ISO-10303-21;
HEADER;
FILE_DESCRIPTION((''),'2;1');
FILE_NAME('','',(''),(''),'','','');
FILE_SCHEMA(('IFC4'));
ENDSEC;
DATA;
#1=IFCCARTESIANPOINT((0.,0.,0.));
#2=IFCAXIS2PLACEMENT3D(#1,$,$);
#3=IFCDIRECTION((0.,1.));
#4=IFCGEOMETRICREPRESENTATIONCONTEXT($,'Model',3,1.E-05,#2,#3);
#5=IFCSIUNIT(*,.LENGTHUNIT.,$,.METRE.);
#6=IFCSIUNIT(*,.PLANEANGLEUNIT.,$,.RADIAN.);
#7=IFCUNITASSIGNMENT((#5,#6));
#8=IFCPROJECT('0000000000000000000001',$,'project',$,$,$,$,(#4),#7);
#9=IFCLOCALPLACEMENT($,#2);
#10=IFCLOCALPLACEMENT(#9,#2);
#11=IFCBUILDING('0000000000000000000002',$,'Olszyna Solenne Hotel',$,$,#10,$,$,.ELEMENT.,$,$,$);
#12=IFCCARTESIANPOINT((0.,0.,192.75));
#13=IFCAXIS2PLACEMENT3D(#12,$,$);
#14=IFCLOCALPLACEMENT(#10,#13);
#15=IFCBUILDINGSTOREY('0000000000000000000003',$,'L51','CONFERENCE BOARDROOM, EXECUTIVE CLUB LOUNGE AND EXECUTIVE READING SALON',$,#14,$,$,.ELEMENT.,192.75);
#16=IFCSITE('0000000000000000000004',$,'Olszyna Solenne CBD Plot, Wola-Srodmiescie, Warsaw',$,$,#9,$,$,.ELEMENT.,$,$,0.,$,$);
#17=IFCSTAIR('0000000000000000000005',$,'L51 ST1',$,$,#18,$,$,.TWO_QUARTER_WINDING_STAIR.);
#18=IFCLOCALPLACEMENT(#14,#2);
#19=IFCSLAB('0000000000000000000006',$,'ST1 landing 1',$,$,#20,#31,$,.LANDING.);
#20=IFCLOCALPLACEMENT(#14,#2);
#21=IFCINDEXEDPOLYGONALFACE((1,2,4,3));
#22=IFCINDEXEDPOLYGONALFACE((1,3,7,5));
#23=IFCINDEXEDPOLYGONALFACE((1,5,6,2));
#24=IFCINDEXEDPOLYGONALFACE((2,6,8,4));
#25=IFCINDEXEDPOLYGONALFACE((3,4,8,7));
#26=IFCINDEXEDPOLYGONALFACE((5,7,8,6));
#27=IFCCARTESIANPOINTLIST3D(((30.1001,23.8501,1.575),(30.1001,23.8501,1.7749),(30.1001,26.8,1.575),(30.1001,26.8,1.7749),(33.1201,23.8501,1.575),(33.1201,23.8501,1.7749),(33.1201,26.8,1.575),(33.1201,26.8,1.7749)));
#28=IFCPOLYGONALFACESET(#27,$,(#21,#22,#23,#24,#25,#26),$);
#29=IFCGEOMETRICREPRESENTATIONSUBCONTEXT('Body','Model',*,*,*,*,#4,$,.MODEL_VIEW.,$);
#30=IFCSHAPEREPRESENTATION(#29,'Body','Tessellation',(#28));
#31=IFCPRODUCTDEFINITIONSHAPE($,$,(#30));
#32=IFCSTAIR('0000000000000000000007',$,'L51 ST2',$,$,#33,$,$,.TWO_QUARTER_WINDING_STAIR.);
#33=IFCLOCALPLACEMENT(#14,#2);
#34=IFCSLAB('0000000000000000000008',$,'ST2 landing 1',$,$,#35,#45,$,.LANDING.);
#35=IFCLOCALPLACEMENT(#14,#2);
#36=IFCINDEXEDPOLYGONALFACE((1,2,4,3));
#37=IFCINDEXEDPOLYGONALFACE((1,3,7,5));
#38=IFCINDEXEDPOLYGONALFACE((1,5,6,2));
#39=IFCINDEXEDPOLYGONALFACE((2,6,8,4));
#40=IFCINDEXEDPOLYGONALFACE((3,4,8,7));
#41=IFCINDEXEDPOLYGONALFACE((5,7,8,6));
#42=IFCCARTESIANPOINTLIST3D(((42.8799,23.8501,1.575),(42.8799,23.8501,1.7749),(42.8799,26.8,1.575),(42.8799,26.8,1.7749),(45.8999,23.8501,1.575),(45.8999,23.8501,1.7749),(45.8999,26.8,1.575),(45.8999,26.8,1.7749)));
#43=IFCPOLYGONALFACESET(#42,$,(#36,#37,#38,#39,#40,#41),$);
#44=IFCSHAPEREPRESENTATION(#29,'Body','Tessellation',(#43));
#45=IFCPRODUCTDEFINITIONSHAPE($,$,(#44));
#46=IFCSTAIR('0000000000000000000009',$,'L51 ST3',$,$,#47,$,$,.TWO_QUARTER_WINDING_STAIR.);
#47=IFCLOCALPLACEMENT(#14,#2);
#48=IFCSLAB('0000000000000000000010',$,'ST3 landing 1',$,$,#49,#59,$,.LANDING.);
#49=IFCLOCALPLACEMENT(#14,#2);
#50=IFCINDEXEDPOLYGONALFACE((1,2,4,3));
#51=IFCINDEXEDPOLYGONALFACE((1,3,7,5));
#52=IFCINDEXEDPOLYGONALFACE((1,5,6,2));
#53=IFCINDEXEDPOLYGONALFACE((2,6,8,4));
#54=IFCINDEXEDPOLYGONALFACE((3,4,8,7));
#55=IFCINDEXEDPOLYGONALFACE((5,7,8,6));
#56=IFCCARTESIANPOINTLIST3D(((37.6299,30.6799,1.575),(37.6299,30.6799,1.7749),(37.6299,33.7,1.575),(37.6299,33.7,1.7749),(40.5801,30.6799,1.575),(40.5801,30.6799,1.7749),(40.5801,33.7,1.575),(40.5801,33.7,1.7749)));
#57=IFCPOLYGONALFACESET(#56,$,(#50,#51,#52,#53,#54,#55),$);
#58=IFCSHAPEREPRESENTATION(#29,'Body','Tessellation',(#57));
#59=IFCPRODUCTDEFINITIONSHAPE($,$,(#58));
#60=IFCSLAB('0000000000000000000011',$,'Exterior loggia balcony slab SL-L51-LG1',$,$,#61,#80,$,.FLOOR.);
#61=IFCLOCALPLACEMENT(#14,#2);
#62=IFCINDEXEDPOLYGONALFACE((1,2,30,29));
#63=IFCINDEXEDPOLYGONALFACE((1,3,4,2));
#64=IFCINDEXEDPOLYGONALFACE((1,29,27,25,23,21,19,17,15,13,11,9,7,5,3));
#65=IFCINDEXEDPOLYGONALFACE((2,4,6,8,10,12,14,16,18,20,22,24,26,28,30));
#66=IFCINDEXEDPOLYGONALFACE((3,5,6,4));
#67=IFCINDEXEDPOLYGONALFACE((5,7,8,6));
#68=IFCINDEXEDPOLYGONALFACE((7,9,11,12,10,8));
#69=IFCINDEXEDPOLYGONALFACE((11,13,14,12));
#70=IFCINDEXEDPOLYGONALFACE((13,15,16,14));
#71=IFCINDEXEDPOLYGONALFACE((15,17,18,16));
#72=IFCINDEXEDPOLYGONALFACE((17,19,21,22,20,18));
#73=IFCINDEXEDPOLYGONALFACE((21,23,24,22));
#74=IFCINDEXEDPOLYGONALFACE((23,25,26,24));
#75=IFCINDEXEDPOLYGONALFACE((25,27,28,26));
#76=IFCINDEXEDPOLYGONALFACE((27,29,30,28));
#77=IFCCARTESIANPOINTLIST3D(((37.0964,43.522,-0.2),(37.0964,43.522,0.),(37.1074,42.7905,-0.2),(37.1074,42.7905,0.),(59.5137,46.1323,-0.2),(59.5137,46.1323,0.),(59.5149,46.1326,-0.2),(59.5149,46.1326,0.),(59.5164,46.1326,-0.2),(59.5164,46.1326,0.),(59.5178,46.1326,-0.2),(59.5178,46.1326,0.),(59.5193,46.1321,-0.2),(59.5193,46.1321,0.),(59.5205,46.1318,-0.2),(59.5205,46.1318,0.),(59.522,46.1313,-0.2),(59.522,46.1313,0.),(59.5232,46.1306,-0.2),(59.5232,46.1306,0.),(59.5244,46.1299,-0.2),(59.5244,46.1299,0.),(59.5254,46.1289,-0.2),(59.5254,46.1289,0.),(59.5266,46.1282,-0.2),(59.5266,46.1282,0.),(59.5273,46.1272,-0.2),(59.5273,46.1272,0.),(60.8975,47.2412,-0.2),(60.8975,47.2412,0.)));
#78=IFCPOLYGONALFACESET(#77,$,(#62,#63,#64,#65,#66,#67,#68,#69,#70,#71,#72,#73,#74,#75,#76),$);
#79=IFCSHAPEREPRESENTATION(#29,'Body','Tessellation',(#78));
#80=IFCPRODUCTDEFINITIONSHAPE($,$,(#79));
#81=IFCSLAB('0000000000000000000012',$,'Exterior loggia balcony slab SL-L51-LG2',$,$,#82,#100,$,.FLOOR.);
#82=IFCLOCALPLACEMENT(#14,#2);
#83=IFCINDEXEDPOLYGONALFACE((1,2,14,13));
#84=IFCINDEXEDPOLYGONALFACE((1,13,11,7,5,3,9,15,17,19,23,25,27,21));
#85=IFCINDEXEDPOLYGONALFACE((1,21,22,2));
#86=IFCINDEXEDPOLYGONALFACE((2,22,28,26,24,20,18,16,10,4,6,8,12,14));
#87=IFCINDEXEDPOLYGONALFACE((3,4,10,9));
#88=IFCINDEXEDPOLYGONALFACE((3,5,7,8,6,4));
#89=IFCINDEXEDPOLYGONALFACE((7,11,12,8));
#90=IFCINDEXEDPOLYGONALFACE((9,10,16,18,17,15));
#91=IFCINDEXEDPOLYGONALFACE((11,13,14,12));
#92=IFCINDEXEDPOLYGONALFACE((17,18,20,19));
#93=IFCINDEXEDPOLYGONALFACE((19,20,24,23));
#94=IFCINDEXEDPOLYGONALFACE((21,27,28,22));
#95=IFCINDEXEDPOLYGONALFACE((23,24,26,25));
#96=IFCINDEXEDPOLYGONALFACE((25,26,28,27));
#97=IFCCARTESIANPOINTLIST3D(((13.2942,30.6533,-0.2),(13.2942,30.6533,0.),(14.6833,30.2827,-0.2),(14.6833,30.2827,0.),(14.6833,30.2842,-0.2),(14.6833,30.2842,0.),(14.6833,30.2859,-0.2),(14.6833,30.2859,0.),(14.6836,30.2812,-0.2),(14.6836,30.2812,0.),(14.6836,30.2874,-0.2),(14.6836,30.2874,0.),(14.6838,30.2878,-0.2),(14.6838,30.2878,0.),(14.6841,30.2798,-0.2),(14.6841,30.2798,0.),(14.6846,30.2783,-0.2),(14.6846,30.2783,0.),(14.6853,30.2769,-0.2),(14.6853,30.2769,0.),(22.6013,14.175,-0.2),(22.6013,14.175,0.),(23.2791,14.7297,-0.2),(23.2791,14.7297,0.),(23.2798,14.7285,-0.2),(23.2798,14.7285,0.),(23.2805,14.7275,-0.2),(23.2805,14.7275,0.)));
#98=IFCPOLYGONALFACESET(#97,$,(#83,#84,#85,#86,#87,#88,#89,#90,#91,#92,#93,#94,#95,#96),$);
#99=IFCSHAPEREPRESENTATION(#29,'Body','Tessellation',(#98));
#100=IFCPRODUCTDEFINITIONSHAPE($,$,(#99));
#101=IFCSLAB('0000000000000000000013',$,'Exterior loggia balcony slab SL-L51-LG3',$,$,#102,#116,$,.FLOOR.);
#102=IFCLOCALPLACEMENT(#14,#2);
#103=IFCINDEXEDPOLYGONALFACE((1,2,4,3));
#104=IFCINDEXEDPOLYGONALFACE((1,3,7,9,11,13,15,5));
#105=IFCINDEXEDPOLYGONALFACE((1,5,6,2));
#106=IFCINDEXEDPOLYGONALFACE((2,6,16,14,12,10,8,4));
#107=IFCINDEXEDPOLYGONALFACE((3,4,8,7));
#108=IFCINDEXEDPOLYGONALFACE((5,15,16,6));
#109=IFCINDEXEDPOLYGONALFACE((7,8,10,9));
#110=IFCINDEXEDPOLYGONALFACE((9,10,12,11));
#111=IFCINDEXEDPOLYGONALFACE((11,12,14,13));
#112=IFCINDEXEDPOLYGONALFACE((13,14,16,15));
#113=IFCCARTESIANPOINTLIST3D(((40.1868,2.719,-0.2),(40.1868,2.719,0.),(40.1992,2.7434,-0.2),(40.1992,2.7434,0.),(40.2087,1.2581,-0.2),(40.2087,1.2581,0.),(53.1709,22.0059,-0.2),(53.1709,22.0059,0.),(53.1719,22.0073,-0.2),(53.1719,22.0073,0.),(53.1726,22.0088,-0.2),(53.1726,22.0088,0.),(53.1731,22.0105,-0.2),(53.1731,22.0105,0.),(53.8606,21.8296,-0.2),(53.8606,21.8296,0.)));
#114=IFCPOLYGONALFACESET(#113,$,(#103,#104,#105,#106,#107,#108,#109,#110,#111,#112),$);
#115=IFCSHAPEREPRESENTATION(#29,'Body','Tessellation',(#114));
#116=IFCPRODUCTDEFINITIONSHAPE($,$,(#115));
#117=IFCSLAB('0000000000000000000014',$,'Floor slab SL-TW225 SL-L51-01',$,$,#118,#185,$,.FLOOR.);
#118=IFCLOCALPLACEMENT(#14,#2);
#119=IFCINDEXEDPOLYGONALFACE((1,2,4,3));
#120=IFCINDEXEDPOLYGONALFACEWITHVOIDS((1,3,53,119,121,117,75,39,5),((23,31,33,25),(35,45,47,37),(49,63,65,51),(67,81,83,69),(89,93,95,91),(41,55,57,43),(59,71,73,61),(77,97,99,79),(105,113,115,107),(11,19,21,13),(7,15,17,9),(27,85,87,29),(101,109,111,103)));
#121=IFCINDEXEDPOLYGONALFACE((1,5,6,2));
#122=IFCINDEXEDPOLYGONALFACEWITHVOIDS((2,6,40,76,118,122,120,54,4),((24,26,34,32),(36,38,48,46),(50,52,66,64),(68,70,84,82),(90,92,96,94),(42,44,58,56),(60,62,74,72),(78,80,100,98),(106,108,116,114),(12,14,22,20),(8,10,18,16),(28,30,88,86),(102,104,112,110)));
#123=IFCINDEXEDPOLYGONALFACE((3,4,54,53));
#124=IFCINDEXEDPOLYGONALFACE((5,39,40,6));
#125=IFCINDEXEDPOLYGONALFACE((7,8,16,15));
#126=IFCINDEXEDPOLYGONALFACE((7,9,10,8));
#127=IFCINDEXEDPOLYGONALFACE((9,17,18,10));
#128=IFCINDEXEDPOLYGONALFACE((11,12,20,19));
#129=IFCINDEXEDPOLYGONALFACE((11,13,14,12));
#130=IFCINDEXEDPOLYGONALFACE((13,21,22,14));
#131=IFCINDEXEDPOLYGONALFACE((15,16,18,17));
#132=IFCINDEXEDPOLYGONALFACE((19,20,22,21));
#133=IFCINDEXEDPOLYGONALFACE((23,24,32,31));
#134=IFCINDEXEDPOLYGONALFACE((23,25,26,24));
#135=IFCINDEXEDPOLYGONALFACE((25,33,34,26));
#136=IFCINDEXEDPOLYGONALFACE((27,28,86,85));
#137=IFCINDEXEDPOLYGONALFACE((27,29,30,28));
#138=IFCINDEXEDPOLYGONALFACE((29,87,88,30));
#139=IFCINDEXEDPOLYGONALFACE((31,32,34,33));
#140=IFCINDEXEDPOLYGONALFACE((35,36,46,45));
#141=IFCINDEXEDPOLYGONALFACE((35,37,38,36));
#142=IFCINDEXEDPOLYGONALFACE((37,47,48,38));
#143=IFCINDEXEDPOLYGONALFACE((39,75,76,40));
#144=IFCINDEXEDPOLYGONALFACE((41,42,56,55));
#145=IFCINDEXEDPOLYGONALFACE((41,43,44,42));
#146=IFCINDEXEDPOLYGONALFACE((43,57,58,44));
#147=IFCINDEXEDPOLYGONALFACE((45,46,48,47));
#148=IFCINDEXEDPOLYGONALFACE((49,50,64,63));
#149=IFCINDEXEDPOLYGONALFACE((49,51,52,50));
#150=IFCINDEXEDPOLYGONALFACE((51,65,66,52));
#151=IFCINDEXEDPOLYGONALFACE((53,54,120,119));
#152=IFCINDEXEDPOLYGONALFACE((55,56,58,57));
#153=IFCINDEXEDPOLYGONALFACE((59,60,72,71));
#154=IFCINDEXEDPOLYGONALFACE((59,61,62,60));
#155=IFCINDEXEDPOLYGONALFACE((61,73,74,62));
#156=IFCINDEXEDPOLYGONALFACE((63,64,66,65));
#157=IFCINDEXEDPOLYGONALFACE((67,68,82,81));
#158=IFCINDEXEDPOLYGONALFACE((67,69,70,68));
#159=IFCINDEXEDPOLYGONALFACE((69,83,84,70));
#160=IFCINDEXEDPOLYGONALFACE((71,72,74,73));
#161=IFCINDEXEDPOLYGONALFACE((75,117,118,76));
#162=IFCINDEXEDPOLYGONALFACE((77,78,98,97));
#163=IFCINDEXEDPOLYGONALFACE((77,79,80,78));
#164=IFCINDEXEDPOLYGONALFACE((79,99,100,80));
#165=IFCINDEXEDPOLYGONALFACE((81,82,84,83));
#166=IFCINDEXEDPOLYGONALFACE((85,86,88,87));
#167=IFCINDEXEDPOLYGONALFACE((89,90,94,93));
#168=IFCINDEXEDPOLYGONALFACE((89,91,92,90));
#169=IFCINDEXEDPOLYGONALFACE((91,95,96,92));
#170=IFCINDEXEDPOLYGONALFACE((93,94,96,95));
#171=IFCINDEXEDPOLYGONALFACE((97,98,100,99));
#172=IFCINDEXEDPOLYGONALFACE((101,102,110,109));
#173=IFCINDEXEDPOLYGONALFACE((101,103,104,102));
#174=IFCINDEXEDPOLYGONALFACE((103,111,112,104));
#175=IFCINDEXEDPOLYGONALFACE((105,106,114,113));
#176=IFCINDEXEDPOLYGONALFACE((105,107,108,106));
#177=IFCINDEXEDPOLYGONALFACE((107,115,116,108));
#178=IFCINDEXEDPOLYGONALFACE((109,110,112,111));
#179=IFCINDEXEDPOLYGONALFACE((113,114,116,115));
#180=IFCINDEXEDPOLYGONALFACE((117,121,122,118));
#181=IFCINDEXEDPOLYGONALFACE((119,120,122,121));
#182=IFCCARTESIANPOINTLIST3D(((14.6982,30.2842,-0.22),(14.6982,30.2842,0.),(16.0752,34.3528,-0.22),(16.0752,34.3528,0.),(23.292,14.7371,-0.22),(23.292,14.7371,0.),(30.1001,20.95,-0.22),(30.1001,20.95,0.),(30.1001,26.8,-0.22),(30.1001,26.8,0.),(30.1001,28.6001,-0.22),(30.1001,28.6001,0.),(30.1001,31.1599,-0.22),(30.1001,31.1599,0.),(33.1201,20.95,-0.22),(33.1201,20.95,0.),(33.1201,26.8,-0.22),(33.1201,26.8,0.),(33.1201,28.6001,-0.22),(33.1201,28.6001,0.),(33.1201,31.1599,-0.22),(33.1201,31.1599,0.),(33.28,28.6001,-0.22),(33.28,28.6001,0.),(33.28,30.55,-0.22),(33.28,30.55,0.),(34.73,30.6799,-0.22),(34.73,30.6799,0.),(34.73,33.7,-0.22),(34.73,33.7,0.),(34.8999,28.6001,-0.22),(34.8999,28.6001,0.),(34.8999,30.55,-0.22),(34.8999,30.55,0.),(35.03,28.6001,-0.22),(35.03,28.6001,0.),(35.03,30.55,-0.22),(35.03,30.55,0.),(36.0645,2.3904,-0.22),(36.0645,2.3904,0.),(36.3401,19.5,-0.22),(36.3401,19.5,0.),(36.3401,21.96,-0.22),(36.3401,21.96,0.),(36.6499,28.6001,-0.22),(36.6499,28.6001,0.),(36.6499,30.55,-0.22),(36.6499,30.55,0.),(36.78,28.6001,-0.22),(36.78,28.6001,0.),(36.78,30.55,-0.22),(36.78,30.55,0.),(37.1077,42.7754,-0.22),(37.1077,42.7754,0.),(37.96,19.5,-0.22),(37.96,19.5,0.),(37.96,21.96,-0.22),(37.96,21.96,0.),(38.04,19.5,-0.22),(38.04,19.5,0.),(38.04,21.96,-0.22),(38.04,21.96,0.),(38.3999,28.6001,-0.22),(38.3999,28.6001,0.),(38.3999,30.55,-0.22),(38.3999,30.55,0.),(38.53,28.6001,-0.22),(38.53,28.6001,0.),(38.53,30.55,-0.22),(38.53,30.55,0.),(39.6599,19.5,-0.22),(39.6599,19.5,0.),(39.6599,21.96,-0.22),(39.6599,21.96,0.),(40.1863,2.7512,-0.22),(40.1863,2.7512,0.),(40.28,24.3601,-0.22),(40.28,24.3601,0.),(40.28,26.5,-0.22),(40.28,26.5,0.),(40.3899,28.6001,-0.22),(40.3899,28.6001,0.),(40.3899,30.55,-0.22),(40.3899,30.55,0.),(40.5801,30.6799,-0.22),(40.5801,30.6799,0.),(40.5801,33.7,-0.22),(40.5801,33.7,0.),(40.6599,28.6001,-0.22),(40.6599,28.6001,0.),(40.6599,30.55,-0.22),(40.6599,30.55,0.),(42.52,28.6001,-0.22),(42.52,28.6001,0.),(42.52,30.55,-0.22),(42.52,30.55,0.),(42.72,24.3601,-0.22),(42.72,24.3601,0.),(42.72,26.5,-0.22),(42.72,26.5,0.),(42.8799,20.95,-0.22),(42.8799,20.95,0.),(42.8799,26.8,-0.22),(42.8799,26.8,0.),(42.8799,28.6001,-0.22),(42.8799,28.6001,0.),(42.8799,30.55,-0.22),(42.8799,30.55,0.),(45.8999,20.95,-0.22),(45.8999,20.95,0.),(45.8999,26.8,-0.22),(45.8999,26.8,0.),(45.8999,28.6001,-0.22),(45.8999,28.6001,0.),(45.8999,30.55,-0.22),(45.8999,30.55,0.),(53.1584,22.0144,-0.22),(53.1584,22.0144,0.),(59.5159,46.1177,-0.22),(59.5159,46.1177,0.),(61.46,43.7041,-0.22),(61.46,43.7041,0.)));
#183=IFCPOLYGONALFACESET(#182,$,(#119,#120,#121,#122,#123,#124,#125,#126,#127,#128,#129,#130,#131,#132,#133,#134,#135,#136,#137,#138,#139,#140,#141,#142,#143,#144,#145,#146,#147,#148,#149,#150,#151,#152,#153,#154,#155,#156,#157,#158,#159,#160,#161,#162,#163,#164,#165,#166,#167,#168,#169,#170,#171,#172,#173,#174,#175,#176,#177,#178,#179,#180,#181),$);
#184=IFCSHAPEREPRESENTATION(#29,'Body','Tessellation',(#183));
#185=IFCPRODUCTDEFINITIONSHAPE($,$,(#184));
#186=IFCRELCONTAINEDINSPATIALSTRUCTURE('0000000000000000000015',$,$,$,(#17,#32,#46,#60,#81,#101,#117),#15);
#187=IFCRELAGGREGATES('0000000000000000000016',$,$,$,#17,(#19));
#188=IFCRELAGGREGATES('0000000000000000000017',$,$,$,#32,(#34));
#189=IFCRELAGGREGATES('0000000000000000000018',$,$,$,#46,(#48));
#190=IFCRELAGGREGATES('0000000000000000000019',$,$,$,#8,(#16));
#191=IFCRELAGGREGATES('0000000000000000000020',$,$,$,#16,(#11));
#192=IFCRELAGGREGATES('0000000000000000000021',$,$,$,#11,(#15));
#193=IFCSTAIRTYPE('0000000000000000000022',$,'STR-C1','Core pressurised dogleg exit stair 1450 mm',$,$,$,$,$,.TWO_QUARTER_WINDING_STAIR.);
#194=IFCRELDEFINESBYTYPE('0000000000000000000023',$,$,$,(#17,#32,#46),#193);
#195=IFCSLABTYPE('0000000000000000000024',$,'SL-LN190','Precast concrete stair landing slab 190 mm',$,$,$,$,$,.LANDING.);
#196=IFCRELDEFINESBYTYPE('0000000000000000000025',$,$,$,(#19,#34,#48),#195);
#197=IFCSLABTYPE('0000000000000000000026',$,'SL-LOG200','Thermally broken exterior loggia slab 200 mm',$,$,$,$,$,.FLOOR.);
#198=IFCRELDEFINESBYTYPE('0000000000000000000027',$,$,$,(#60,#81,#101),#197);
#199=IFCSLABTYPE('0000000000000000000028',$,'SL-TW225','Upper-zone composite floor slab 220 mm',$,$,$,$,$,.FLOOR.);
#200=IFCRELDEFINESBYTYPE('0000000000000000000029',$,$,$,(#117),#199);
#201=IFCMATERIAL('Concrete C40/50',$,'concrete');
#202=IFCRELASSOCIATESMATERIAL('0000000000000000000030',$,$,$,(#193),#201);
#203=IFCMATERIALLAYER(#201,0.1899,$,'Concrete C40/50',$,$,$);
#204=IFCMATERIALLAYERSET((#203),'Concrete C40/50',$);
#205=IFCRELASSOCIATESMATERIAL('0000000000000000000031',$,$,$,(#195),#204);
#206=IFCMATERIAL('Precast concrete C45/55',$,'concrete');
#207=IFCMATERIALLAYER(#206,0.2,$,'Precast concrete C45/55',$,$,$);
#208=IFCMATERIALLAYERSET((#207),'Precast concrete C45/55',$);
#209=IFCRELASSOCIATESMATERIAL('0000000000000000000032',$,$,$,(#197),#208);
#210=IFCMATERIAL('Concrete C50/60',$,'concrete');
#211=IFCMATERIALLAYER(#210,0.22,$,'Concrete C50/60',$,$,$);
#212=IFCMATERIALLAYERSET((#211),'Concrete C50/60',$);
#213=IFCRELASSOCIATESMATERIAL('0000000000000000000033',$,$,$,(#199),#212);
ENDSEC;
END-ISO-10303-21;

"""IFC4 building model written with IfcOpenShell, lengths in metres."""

from ifc_helpers import new_model, si_unit, direction, frame, origin, place, context, subcontext, project, spatial, polyline, outline, extrude, material, layer, layer_set, type_object, element, aggregate, save


model = new_model("IFC4")

# Units and contexts
model_context = context("Model", 3, precision=1e-05, world=origin(), true_north=direction((0.0, 1.0)))
body_context = subcontext(model_context, "Body", "Model", "MODEL_VIEW")
ifc_project = project(units=[si_unit("LENGTHUNIT", "METRE"), si_unit("PLANEANGLEUNIT", "RADIAN")], contexts=[model_context])

# Site, building, storey
site_placement = place(None, origin())
site = spatial("IfcSite", under=ifc_project, at=site_placement, Name="Olszyna Solenne CBD Plot, Wola-Srodmiescie, Warsaw", CompositionType="ELEMENT", RefElevation=0.0)
building_placement = place(site_placement, origin())
building = spatial("IfcBuilding", under=site, at=building_placement, Name="Olszyna Solenne Hotel", CompositionType="ELEMENT")
storey_placement = place(building_placement, frame((0.0, 0.0, 192.75)))
storey = spatial("IfcBuildingStorey", under=building, at=storey_placement, Name="L51", Description="CONFERENCE BOARDROOM, EXECUTIVE CLUB LOUNGE AND EXECUTIVE READING SALON", CompositionType="ELEMENT", Elevation=192.75)

# Stairs, slabs
ifc_material_1 = material(Name="Concrete C40/50", Category="concrete")
stair_type = type_object("IfcStairType", Name="STR-C1", Description="Core pressurised dogleg exit stair 1450 mm", PredefinedType="TWO_QUARTER_WINDING_STAIR", material=ifc_material_1)
stair_1_placement = place(storey_placement, origin())
stair_1 = element("IfcStair", 1, at=stair_1_placement, inside=storey, type_object=stair_type, Name="L51 ST1", PredefinedType="TWO_QUARTER_WINDING_STAIR")
ifc_layer_1 = layer(ifc_material_1, 0.1899, Name="Concrete C40/50")
ifc_layer_set_1 = layer_set([ifc_layer_1], Name="Concrete C40/50")
slab_type_1 = type_object("IfcSlabType", Name="SL-LN190", Description="Precast concrete stair landing slab 190 mm", PredefinedType="LANDING", material=ifc_layer_set_1)
slab_1_placement = place(storey_placement, frame((0.0, 0.0, 1.575)))
slab_1 = element("IfcSlab", 2, at=slab_1_placement, type_object=slab_type_1, Name="ST1 landing 1", PredefinedType="LANDING", context=body_context, shape_type="SweptSolid", body=[
    extrude(outline(polyline([(33.1201, 23.8501), (33.1201, 26.8), (30.1001, 26.8), (30.1001, 23.8501), (33.1201, 23.8501)])), origin(), (0.0, 0.0, 1.0), 0.2),
])
aggregate(stair_1, [slab_1])
stair_2_placement = place(storey_placement, origin())
stair_2 = element("IfcStair", 3, at=stair_2_placement, inside=storey, type_object=stair_type, Name="L51 ST2", PredefinedType="TWO_QUARTER_WINDING_STAIR")
slab_2_placement = place(storey_placement, frame((0.0, 0.0, 1.575)))
slab_2 = element("IfcSlab", 4, at=slab_2_placement, type_object=slab_type_1, Name="ST2 landing 1", PredefinedType="LANDING", context=body_context, shape_type="SweptSolid", body=[
    extrude(outline(polyline([(45.8999, 23.8501), (45.8999, 26.8), (42.8799, 26.8), (42.8799, 23.8501), (45.8999, 23.8501)])), origin(), (0.0, 0.0, 1.0), 0.2),
])
aggregate(stair_2, [slab_2])
stair_3_placement = place(storey_placement, origin())
stair_3 = element("IfcStair", 5, at=stair_3_placement, inside=storey, type_object=stair_type, Name="L51 ST3", PredefinedType="TWO_QUARTER_WINDING_STAIR")
slab_3_placement = place(storey_placement, frame((0.0, 0.0, 1.575)))
slab_3 = element("IfcSlab", 6, at=slab_3_placement, type_object=slab_type_1, Name="ST3 landing 1", PredefinedType="LANDING", context=body_context, shape_type="SweptSolid", body=[
    extrude(outline(polyline([(37.6299, 30.6799), (40.5801, 30.6799), (40.5801, 33.7), (37.6299, 33.7), (37.6299, 30.6799)])), origin(), (0.0, 0.0, 1.0), 0.2),
])
aggregate(stair_3, [slab_3])

# Slabs
ifc_material_2 = material(Name="Precast concrete C45/55", Category="concrete")
ifc_layer_2 = layer(ifc_material_2, 0.2, Name="Precast concrete C45/55")
ifc_layer_set_2 = layer_set([ifc_layer_2], Name="Precast concrete C45/55")
slab_type_2 = type_object("IfcSlabType", Name="SL-LOG200", Description="Thermally broken exterior loggia slab 200 mm", PredefinedType="FLOOR", material=ifc_layer_set_2)
slab_4_placement = place(storey_placement, frame((0.0, 0.0, -0.2)))
element("IfcSlab", 7, at=slab_4_placement, inside=storey, type_object=slab_type_2, Name="Exterior loggia balcony slab SL-L51-LG1", PredefinedType="FLOOR", context=body_context, shape_type="SweptSolid", body=[
    extrude(outline(polyline([(37.1074, 42.7905), (59.5137, 46.1323), (59.5149, 46.1326), (59.5164, 46.1326), (59.5178, 46.1326), (59.5193, 46.1321), (59.5205, 46.1318), (59.522, 46.1313), (59.5232, 46.1306), (59.5244, 46.1299), (59.5254, 46.1289), (59.5266, 46.1282), (59.5273, 46.1272), (60.8975, 47.2412), (37.0964, 43.522), (37.1074, 42.7905)])), origin(), (0.0, 0.0, 1.0), 0.2),
])
slab_5_placement = place(storey_placement, frame((0.0, 0.0, -0.2)))
element("IfcSlab", 8, at=slab_5_placement, inside=storey, type_object=slab_type_2, Name="Exterior loggia balcony slab SL-L51-LG2", PredefinedType="FLOOR", context=body_context, shape_type="SweptSolid", body=[
    extrude(outline(polyline([(23.2805, 14.7275), (23.2798, 14.7285), (23.2791, 14.7297), (14.6853, 30.2769), (14.6846, 30.2783), (14.6841, 30.2798), (14.6836, 30.2812), (14.6833, 30.2827), (14.6833, 30.2842), (14.6833, 30.2859), (14.6836, 30.2874), (14.6838, 30.2878), (13.2942, 30.6533), (22.6013, 14.175), (23.2805, 14.7275)])), origin(), (0.0, 0.0, 1.0), 0.2),
])
slab_6_placement = place(storey_placement, frame((0.0, 0.0, -0.2)))
element("IfcSlab", 9, at=slab_6_placement, inside=storey, type_object=slab_type_2, Name="Exterior loggia balcony slab SL-L51-LG3", PredefinedType="FLOOR", context=body_context, shape_type="SweptSolid", body=[
    extrude(outline(polyline([(53.1731, 22.0105), (53.1726, 22.0088), (53.1719, 22.0073), (53.1709, 22.0059), (40.1992, 2.7434), (40.1868, 2.719), (40.2087, 1.2581), (53.8606, 21.8296), (53.1731, 22.0105)])), origin(), (0.0, 0.0, 1.0), 0.2),
])
ifc_material_3 = material(Name="Concrete C50/60", Category="concrete")
ifc_layer_3 = layer(ifc_material_3, 0.22, Name="Concrete C50/60")
ifc_layer_set_3 = layer_set([ifc_layer_3], Name="Concrete C50/60")
slab_type_3 = type_object("IfcSlabType", Name="SL-TW225", Description="Upper-zone composite floor slab 220 mm", PredefinedType="FLOOR", material=ifc_layer_set_3)
slab_7_placement = place(storey_placement, frame((0.0, 0.0, -0.22)))
element("IfcSlab", 10, at=slab_7_placement, inside=storey, type_object=slab_type_3, Name="Floor slab SL-TW225 SL-L51-01", PredefinedType="FLOOR", context=body_context, shape_type="SweptSolid", body=[
    extrude(outline(polyline([(61.46, 43.7041), (59.5159, 46.1177), (37.1077, 42.7754), (16.0752, 34.3528), (14.6982, 30.2842), (23.292, 14.7371), (36.0645, 2.3904), (40.1863, 2.7512), (53.1584, 22.0144), (61.46, 43.7041)]), holes=[polyline([(30.1001, 20.95), (33.1201, 20.95), (33.1201, 26.8), (30.1001, 26.8), (30.1001, 20.95)]), polyline([(42.8799, 20.95), (45.8999, 20.95), (45.8999, 26.8), (42.8799, 26.8), (42.8799, 20.95)]), polyline([(34.73, 30.6799), (40.5801, 30.6799), (40.5801, 33.7), (34.73, 33.7), (34.73, 30.6799)]), polyline([(36.3401, 19.5), (37.96, 19.5), (37.96, 21.96), (36.3401, 21.96), (36.3401, 19.5)]), polyline([(38.04, 19.5), (39.6599, 19.5), (39.6599, 21.96), (38.04, 21.96), (38.04, 19.5)]), polyline([(30.1001, 28.6001), (33.1201, 28.6001), (33.1201, 31.1599), (30.1001, 31.1599), (30.1001, 28.6001)]), polyline([(40.28, 24.3601), (42.72, 24.3601), (42.72, 26.5), (40.28, 26.5), (40.28, 24.3601)]), polyline([(33.28, 28.6001), (34.8999, 28.6001), (34.8999, 30.55), (33.28, 30.55), (33.28, 28.6001)]), polyline([(35.03, 28.6001), (36.6499, 28.6001), (36.6499, 30.55), (35.03, 30.55), (35.03, 28.6001)]), polyline([(36.78, 28.6001), (38.3999, 28.6001), (38.3999, 30.55), (36.78, 30.55), (36.78, 28.6001)]), polyline([(38.53, 28.6001), (40.3899, 28.6001), (40.3899, 30.55), (38.53, 30.55), (38.53, 28.6001)]), polyline([(40.6599, 28.6001), (42.52, 28.6001), (42.52, 30.55), (40.6599, 30.55), (40.6599, 28.6001)]), polyline([(42.8799, 28.6001), (45.8999, 28.6001), (45.8999, 30.55), (42.8799, 30.55), (42.8799, 28.6001)])]), origin(), (0.0, 0.0, 1.0), 0.22),
])

save(model, "model.ifc")
